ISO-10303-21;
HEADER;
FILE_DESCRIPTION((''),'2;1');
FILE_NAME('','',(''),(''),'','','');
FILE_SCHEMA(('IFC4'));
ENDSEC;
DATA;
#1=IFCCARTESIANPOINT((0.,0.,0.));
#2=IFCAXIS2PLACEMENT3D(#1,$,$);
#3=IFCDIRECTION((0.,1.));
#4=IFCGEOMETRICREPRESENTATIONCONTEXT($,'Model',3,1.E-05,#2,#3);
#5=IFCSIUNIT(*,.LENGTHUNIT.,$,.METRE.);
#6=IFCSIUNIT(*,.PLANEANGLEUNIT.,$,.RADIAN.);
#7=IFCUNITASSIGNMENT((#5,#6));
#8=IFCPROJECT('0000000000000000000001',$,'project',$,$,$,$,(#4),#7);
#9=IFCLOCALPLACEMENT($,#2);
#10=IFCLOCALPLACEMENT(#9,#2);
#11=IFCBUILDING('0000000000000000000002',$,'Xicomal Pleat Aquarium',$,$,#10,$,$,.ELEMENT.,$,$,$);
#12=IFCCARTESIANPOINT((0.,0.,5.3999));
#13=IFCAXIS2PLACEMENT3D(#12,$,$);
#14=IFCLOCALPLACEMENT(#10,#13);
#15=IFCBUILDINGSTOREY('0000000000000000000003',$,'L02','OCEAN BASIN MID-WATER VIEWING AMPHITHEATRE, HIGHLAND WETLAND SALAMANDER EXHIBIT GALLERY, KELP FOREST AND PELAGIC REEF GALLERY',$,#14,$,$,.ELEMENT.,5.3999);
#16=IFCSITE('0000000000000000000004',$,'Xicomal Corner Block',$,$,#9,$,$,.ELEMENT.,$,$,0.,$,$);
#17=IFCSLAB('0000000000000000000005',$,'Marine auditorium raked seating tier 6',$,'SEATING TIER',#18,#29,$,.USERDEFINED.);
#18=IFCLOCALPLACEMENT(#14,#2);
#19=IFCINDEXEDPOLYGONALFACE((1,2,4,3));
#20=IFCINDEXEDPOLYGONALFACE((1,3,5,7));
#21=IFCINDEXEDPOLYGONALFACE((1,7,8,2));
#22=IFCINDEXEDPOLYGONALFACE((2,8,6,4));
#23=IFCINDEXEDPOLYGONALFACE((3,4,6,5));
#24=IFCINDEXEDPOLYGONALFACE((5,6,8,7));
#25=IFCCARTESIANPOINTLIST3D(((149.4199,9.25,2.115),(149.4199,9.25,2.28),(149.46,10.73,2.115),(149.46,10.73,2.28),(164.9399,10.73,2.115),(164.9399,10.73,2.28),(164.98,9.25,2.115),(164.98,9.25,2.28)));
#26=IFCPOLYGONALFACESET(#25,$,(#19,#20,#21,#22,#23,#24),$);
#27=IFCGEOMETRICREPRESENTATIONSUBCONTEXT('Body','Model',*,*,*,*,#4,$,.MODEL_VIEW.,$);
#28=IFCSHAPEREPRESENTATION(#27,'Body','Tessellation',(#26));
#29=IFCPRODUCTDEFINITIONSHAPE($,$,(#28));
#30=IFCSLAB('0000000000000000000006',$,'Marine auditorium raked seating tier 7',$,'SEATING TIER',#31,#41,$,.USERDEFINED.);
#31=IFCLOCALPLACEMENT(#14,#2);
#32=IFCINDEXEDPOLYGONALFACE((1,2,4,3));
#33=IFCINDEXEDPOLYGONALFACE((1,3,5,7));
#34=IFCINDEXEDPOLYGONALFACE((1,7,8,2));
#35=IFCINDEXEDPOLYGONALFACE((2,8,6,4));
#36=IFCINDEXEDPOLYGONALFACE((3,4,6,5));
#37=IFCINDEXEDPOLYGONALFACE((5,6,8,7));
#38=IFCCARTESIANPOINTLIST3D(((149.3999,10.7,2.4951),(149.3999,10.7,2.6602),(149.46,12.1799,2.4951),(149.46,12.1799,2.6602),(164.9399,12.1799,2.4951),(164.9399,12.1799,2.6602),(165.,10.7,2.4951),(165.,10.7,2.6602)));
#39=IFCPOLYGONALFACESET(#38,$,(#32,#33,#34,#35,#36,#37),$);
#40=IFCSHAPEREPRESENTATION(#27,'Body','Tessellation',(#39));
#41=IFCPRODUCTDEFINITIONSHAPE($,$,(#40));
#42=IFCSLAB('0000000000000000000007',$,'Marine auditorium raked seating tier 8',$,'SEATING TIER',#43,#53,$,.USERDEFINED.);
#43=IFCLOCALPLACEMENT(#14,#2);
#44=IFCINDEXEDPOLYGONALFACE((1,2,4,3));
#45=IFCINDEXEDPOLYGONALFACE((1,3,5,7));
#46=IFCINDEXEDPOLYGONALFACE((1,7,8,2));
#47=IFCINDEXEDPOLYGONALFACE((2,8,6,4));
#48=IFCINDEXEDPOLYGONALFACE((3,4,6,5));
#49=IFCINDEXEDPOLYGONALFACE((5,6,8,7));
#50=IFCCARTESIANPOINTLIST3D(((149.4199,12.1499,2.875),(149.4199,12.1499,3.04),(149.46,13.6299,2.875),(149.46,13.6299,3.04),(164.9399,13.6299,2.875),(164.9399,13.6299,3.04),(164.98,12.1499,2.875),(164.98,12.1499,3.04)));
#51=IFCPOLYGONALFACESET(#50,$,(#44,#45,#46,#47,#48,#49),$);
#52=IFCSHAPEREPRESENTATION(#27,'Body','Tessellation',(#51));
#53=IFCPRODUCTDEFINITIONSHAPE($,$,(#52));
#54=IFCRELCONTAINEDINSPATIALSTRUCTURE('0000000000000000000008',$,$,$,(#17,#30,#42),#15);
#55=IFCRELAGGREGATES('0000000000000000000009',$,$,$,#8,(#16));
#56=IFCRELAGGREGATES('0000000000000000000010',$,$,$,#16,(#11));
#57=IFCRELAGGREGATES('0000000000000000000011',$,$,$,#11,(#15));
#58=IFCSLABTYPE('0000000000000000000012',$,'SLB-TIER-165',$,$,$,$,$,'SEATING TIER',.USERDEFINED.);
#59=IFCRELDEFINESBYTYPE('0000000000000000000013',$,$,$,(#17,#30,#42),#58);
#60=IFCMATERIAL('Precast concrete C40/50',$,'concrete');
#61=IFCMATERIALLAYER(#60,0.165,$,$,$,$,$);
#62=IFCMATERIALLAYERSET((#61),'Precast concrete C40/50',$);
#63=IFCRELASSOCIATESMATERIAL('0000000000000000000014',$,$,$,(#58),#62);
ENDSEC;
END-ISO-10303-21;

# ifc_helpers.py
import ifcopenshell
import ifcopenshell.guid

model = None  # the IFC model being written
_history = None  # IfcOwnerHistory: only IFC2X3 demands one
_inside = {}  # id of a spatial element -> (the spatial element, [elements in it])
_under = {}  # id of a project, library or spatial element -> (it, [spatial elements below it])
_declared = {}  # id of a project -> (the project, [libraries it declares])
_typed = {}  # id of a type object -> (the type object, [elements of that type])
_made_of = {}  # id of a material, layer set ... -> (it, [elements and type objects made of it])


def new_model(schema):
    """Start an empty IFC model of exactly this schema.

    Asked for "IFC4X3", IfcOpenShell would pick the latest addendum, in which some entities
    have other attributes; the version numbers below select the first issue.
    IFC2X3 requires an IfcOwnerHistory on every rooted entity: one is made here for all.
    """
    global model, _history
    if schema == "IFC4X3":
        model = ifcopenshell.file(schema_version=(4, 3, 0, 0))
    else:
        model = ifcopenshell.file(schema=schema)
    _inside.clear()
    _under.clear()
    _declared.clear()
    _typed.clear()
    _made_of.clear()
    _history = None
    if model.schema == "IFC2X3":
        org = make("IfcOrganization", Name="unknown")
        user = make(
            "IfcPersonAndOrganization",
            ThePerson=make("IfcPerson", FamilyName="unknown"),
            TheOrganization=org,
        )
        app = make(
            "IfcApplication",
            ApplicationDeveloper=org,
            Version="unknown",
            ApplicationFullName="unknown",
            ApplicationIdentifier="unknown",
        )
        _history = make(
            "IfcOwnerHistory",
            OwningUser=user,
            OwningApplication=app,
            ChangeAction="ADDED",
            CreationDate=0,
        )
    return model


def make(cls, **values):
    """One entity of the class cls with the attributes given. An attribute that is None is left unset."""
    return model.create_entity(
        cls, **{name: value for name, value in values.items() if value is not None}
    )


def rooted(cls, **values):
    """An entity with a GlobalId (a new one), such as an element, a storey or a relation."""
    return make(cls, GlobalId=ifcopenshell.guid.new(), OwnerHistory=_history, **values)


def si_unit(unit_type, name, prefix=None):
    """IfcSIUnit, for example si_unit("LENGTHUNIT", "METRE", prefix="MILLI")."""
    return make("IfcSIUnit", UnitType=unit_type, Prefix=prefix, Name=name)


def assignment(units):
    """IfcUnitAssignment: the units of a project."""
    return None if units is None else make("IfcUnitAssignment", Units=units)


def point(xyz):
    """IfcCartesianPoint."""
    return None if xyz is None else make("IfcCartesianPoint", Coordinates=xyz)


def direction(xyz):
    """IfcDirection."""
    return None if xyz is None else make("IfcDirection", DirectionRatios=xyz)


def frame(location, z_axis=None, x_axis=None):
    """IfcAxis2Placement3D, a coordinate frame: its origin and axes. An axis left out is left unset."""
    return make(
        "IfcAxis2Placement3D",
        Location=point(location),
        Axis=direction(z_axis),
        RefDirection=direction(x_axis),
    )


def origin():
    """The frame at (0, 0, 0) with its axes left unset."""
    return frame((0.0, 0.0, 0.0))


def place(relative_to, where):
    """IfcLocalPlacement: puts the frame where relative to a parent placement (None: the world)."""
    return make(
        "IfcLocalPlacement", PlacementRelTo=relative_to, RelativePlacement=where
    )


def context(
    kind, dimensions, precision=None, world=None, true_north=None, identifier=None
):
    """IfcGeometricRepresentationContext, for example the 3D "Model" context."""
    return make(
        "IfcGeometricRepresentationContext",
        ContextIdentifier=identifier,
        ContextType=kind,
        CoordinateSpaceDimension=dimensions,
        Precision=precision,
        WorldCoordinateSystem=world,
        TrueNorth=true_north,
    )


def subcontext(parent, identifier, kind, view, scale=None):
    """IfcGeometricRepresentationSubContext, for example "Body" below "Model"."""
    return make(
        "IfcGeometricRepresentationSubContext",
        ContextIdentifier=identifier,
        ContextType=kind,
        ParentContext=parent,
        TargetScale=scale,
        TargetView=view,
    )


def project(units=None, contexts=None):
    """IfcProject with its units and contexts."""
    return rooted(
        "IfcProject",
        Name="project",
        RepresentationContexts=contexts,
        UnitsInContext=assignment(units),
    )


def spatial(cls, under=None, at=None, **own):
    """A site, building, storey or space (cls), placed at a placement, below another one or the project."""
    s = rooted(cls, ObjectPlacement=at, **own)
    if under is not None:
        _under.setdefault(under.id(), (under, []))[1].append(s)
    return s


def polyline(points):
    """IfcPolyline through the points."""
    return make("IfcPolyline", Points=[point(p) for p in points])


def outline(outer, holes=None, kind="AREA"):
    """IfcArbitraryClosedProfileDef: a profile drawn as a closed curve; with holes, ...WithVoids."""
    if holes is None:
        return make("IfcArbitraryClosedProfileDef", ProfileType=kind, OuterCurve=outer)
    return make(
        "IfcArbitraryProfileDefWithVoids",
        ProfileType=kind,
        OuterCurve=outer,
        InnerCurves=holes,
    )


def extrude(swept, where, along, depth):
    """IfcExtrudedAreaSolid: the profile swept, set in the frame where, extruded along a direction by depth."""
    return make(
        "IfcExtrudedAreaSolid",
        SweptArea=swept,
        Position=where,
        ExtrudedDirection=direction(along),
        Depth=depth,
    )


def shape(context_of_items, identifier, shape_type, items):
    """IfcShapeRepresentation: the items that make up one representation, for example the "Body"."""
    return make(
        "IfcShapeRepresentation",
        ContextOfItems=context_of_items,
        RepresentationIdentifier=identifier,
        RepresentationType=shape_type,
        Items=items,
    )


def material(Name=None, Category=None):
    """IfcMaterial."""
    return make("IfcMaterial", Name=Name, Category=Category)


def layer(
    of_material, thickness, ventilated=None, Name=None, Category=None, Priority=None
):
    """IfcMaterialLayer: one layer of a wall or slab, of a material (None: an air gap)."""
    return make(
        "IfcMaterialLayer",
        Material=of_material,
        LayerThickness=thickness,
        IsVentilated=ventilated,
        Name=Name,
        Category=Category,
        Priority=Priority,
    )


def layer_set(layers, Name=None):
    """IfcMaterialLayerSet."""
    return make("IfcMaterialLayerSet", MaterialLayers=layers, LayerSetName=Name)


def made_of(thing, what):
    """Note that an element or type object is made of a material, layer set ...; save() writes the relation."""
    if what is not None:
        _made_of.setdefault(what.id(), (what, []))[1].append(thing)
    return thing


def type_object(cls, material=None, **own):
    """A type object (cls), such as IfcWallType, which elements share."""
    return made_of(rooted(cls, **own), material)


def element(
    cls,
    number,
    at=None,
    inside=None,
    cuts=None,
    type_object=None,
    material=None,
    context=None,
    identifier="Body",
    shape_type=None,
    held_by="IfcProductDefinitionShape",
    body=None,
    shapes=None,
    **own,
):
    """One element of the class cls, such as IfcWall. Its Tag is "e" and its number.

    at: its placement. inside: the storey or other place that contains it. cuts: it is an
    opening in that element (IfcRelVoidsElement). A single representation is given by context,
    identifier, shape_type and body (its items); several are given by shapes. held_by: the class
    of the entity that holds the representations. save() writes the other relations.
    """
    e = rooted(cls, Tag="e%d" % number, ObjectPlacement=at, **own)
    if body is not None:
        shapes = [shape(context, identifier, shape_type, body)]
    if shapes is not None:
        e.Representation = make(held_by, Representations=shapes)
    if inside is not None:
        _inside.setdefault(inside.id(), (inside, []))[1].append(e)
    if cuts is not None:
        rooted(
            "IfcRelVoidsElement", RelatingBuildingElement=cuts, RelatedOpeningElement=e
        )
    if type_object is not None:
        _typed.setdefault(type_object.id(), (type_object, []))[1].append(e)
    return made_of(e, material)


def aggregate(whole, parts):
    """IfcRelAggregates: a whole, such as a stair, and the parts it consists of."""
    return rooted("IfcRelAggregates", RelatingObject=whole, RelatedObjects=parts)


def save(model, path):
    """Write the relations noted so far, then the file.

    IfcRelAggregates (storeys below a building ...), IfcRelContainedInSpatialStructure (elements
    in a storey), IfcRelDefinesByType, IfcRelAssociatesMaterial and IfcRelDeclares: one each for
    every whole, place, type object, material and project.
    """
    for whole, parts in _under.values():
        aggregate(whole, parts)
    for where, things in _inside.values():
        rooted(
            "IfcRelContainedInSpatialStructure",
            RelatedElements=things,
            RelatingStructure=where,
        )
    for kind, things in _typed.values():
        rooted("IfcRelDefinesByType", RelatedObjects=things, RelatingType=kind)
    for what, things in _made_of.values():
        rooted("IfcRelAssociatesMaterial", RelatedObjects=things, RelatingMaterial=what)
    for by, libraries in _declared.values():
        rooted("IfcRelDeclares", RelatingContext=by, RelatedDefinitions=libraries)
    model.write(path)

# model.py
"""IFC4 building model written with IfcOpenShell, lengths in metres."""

from ifc_helpers import new_model, si_unit, direction, frame, origin, place, context, subcontext, project, spatial, polyline, outline, extrude, material, layer, layer_set, type_object, element, save


model = new_model("IFC4")

# Units and contexts
model_context = context("Model", 3, precision=1e-05, world=origin(), true_north=direction((0.0, 1.0)))
body_context = subcontext(model_context, "Body", "Model", "MODEL_VIEW")
ifc_project = project(units=[si_unit("LENGTHUNIT", "METRE"), si_unit("PLANEANGLEUNIT", "RADIAN")], contexts=[model_context])

# Site, building, storey
site_placement = place(None, origin())
site = spatial("IfcSite", under=ifc_project, at=site_placement, Name="Xicomal Corner Block", CompositionType="ELEMENT", RefElevation=0.0)
building_placement = place(site_placement, origin())
building = spatial("IfcBuilding", under=site, at=building_placement, Name="Xicomal Pleat Aquarium", CompositionType="ELEMENT")
storey_placement = place(building_placement, frame((0.0, 0.0, 5.3999)))
storey = spatial("IfcBuildingStorey", under=building, at=storey_placement, Name="L02", Description="OCEAN BASIN MID-WATER VIEWING AMPHITHEATRE, HIGHLAND WETLAND SALAMANDER EXHIBIT GALLERY, KELP FOREST AND PELAGIC REEF GALLERY", CompositionType="ELEMENT", Elevation=5.3999)

# Slabs
ifc_material_1 = material(Name="Precast concrete C40/50", Category="concrete")
ifc_layer_1 = layer(ifc_material_1, 0.165)
ifc_layer_set_1 = layer_set([ifc_layer_1], Name="Precast concrete C40/50")
slab_type_1 = type_object("IfcSlabType", Name="SLB-TIER-165", ElementType="SEATING TIER", PredefinedType="USERDEFINED", material=ifc_layer_set_1)
slab_1_placement = place(storey_placement, frame((0.0, 0.0, 2.115)))
element("IfcSlab", 1, at=slab_1_placement, inside=storey, type_object=slab_type_1, Name="Marine auditorium raked seating tier 6", ObjectType="SEATING TIER", PredefinedType="USERDEFINED", context=body_context, shape_type="SweptSolid", body=[
    extrude(outline(polyline([(149.4199, 9.25), (164.98, 9.25), (164.9399, 10.73), (149.46, 10.73), (149.4199, 9.25)])), origin(), (0.0, 0.0, 1.0), 0.165),
])
slab_2_placement = place(storey_placement, frame((0.0, 0.0, 2.4951)))
element("IfcSlab", 2, at=slab_2_placement, inside=storey, type_object=slab_type_1, Name="Marine auditorium raked seating tier 7", ObjectType="SEATING TIER", PredefinedType="USERDEFINED", context=body_context, shape_type="SweptSolid", body=[
    extrude(outline(polyline([(149.3999, 10.7), (165.0, 10.7), (164.9399, 12.1799), (149.46, 12.1799), (149.3999, 10.7)])), origin(), (0.0, 0.0, 1.0), 0.165),
])
slab_3_placement = place(storey_placement, frame((0.0, 0.0, 2.875)))
element("IfcSlab", 3, at=slab_3_placement, inside=storey, type_object=slab_type_1, Name="Marine auditorium raked seating tier 8", ObjectType="SEATING TIER", PredefinedType="USERDEFINED", context=body_context, shape_type="SweptSolid", body=[
    extrude(outline(polyline([(149.4199, 12.1499), (164.98, 12.1499), (164.9399, 13.6299), (149.46, 13.6299), (149.4199, 12.1499)])), origin(), (0.0, 0.0, 1.0), 0.165),
])

save(model, "model.ifc")
